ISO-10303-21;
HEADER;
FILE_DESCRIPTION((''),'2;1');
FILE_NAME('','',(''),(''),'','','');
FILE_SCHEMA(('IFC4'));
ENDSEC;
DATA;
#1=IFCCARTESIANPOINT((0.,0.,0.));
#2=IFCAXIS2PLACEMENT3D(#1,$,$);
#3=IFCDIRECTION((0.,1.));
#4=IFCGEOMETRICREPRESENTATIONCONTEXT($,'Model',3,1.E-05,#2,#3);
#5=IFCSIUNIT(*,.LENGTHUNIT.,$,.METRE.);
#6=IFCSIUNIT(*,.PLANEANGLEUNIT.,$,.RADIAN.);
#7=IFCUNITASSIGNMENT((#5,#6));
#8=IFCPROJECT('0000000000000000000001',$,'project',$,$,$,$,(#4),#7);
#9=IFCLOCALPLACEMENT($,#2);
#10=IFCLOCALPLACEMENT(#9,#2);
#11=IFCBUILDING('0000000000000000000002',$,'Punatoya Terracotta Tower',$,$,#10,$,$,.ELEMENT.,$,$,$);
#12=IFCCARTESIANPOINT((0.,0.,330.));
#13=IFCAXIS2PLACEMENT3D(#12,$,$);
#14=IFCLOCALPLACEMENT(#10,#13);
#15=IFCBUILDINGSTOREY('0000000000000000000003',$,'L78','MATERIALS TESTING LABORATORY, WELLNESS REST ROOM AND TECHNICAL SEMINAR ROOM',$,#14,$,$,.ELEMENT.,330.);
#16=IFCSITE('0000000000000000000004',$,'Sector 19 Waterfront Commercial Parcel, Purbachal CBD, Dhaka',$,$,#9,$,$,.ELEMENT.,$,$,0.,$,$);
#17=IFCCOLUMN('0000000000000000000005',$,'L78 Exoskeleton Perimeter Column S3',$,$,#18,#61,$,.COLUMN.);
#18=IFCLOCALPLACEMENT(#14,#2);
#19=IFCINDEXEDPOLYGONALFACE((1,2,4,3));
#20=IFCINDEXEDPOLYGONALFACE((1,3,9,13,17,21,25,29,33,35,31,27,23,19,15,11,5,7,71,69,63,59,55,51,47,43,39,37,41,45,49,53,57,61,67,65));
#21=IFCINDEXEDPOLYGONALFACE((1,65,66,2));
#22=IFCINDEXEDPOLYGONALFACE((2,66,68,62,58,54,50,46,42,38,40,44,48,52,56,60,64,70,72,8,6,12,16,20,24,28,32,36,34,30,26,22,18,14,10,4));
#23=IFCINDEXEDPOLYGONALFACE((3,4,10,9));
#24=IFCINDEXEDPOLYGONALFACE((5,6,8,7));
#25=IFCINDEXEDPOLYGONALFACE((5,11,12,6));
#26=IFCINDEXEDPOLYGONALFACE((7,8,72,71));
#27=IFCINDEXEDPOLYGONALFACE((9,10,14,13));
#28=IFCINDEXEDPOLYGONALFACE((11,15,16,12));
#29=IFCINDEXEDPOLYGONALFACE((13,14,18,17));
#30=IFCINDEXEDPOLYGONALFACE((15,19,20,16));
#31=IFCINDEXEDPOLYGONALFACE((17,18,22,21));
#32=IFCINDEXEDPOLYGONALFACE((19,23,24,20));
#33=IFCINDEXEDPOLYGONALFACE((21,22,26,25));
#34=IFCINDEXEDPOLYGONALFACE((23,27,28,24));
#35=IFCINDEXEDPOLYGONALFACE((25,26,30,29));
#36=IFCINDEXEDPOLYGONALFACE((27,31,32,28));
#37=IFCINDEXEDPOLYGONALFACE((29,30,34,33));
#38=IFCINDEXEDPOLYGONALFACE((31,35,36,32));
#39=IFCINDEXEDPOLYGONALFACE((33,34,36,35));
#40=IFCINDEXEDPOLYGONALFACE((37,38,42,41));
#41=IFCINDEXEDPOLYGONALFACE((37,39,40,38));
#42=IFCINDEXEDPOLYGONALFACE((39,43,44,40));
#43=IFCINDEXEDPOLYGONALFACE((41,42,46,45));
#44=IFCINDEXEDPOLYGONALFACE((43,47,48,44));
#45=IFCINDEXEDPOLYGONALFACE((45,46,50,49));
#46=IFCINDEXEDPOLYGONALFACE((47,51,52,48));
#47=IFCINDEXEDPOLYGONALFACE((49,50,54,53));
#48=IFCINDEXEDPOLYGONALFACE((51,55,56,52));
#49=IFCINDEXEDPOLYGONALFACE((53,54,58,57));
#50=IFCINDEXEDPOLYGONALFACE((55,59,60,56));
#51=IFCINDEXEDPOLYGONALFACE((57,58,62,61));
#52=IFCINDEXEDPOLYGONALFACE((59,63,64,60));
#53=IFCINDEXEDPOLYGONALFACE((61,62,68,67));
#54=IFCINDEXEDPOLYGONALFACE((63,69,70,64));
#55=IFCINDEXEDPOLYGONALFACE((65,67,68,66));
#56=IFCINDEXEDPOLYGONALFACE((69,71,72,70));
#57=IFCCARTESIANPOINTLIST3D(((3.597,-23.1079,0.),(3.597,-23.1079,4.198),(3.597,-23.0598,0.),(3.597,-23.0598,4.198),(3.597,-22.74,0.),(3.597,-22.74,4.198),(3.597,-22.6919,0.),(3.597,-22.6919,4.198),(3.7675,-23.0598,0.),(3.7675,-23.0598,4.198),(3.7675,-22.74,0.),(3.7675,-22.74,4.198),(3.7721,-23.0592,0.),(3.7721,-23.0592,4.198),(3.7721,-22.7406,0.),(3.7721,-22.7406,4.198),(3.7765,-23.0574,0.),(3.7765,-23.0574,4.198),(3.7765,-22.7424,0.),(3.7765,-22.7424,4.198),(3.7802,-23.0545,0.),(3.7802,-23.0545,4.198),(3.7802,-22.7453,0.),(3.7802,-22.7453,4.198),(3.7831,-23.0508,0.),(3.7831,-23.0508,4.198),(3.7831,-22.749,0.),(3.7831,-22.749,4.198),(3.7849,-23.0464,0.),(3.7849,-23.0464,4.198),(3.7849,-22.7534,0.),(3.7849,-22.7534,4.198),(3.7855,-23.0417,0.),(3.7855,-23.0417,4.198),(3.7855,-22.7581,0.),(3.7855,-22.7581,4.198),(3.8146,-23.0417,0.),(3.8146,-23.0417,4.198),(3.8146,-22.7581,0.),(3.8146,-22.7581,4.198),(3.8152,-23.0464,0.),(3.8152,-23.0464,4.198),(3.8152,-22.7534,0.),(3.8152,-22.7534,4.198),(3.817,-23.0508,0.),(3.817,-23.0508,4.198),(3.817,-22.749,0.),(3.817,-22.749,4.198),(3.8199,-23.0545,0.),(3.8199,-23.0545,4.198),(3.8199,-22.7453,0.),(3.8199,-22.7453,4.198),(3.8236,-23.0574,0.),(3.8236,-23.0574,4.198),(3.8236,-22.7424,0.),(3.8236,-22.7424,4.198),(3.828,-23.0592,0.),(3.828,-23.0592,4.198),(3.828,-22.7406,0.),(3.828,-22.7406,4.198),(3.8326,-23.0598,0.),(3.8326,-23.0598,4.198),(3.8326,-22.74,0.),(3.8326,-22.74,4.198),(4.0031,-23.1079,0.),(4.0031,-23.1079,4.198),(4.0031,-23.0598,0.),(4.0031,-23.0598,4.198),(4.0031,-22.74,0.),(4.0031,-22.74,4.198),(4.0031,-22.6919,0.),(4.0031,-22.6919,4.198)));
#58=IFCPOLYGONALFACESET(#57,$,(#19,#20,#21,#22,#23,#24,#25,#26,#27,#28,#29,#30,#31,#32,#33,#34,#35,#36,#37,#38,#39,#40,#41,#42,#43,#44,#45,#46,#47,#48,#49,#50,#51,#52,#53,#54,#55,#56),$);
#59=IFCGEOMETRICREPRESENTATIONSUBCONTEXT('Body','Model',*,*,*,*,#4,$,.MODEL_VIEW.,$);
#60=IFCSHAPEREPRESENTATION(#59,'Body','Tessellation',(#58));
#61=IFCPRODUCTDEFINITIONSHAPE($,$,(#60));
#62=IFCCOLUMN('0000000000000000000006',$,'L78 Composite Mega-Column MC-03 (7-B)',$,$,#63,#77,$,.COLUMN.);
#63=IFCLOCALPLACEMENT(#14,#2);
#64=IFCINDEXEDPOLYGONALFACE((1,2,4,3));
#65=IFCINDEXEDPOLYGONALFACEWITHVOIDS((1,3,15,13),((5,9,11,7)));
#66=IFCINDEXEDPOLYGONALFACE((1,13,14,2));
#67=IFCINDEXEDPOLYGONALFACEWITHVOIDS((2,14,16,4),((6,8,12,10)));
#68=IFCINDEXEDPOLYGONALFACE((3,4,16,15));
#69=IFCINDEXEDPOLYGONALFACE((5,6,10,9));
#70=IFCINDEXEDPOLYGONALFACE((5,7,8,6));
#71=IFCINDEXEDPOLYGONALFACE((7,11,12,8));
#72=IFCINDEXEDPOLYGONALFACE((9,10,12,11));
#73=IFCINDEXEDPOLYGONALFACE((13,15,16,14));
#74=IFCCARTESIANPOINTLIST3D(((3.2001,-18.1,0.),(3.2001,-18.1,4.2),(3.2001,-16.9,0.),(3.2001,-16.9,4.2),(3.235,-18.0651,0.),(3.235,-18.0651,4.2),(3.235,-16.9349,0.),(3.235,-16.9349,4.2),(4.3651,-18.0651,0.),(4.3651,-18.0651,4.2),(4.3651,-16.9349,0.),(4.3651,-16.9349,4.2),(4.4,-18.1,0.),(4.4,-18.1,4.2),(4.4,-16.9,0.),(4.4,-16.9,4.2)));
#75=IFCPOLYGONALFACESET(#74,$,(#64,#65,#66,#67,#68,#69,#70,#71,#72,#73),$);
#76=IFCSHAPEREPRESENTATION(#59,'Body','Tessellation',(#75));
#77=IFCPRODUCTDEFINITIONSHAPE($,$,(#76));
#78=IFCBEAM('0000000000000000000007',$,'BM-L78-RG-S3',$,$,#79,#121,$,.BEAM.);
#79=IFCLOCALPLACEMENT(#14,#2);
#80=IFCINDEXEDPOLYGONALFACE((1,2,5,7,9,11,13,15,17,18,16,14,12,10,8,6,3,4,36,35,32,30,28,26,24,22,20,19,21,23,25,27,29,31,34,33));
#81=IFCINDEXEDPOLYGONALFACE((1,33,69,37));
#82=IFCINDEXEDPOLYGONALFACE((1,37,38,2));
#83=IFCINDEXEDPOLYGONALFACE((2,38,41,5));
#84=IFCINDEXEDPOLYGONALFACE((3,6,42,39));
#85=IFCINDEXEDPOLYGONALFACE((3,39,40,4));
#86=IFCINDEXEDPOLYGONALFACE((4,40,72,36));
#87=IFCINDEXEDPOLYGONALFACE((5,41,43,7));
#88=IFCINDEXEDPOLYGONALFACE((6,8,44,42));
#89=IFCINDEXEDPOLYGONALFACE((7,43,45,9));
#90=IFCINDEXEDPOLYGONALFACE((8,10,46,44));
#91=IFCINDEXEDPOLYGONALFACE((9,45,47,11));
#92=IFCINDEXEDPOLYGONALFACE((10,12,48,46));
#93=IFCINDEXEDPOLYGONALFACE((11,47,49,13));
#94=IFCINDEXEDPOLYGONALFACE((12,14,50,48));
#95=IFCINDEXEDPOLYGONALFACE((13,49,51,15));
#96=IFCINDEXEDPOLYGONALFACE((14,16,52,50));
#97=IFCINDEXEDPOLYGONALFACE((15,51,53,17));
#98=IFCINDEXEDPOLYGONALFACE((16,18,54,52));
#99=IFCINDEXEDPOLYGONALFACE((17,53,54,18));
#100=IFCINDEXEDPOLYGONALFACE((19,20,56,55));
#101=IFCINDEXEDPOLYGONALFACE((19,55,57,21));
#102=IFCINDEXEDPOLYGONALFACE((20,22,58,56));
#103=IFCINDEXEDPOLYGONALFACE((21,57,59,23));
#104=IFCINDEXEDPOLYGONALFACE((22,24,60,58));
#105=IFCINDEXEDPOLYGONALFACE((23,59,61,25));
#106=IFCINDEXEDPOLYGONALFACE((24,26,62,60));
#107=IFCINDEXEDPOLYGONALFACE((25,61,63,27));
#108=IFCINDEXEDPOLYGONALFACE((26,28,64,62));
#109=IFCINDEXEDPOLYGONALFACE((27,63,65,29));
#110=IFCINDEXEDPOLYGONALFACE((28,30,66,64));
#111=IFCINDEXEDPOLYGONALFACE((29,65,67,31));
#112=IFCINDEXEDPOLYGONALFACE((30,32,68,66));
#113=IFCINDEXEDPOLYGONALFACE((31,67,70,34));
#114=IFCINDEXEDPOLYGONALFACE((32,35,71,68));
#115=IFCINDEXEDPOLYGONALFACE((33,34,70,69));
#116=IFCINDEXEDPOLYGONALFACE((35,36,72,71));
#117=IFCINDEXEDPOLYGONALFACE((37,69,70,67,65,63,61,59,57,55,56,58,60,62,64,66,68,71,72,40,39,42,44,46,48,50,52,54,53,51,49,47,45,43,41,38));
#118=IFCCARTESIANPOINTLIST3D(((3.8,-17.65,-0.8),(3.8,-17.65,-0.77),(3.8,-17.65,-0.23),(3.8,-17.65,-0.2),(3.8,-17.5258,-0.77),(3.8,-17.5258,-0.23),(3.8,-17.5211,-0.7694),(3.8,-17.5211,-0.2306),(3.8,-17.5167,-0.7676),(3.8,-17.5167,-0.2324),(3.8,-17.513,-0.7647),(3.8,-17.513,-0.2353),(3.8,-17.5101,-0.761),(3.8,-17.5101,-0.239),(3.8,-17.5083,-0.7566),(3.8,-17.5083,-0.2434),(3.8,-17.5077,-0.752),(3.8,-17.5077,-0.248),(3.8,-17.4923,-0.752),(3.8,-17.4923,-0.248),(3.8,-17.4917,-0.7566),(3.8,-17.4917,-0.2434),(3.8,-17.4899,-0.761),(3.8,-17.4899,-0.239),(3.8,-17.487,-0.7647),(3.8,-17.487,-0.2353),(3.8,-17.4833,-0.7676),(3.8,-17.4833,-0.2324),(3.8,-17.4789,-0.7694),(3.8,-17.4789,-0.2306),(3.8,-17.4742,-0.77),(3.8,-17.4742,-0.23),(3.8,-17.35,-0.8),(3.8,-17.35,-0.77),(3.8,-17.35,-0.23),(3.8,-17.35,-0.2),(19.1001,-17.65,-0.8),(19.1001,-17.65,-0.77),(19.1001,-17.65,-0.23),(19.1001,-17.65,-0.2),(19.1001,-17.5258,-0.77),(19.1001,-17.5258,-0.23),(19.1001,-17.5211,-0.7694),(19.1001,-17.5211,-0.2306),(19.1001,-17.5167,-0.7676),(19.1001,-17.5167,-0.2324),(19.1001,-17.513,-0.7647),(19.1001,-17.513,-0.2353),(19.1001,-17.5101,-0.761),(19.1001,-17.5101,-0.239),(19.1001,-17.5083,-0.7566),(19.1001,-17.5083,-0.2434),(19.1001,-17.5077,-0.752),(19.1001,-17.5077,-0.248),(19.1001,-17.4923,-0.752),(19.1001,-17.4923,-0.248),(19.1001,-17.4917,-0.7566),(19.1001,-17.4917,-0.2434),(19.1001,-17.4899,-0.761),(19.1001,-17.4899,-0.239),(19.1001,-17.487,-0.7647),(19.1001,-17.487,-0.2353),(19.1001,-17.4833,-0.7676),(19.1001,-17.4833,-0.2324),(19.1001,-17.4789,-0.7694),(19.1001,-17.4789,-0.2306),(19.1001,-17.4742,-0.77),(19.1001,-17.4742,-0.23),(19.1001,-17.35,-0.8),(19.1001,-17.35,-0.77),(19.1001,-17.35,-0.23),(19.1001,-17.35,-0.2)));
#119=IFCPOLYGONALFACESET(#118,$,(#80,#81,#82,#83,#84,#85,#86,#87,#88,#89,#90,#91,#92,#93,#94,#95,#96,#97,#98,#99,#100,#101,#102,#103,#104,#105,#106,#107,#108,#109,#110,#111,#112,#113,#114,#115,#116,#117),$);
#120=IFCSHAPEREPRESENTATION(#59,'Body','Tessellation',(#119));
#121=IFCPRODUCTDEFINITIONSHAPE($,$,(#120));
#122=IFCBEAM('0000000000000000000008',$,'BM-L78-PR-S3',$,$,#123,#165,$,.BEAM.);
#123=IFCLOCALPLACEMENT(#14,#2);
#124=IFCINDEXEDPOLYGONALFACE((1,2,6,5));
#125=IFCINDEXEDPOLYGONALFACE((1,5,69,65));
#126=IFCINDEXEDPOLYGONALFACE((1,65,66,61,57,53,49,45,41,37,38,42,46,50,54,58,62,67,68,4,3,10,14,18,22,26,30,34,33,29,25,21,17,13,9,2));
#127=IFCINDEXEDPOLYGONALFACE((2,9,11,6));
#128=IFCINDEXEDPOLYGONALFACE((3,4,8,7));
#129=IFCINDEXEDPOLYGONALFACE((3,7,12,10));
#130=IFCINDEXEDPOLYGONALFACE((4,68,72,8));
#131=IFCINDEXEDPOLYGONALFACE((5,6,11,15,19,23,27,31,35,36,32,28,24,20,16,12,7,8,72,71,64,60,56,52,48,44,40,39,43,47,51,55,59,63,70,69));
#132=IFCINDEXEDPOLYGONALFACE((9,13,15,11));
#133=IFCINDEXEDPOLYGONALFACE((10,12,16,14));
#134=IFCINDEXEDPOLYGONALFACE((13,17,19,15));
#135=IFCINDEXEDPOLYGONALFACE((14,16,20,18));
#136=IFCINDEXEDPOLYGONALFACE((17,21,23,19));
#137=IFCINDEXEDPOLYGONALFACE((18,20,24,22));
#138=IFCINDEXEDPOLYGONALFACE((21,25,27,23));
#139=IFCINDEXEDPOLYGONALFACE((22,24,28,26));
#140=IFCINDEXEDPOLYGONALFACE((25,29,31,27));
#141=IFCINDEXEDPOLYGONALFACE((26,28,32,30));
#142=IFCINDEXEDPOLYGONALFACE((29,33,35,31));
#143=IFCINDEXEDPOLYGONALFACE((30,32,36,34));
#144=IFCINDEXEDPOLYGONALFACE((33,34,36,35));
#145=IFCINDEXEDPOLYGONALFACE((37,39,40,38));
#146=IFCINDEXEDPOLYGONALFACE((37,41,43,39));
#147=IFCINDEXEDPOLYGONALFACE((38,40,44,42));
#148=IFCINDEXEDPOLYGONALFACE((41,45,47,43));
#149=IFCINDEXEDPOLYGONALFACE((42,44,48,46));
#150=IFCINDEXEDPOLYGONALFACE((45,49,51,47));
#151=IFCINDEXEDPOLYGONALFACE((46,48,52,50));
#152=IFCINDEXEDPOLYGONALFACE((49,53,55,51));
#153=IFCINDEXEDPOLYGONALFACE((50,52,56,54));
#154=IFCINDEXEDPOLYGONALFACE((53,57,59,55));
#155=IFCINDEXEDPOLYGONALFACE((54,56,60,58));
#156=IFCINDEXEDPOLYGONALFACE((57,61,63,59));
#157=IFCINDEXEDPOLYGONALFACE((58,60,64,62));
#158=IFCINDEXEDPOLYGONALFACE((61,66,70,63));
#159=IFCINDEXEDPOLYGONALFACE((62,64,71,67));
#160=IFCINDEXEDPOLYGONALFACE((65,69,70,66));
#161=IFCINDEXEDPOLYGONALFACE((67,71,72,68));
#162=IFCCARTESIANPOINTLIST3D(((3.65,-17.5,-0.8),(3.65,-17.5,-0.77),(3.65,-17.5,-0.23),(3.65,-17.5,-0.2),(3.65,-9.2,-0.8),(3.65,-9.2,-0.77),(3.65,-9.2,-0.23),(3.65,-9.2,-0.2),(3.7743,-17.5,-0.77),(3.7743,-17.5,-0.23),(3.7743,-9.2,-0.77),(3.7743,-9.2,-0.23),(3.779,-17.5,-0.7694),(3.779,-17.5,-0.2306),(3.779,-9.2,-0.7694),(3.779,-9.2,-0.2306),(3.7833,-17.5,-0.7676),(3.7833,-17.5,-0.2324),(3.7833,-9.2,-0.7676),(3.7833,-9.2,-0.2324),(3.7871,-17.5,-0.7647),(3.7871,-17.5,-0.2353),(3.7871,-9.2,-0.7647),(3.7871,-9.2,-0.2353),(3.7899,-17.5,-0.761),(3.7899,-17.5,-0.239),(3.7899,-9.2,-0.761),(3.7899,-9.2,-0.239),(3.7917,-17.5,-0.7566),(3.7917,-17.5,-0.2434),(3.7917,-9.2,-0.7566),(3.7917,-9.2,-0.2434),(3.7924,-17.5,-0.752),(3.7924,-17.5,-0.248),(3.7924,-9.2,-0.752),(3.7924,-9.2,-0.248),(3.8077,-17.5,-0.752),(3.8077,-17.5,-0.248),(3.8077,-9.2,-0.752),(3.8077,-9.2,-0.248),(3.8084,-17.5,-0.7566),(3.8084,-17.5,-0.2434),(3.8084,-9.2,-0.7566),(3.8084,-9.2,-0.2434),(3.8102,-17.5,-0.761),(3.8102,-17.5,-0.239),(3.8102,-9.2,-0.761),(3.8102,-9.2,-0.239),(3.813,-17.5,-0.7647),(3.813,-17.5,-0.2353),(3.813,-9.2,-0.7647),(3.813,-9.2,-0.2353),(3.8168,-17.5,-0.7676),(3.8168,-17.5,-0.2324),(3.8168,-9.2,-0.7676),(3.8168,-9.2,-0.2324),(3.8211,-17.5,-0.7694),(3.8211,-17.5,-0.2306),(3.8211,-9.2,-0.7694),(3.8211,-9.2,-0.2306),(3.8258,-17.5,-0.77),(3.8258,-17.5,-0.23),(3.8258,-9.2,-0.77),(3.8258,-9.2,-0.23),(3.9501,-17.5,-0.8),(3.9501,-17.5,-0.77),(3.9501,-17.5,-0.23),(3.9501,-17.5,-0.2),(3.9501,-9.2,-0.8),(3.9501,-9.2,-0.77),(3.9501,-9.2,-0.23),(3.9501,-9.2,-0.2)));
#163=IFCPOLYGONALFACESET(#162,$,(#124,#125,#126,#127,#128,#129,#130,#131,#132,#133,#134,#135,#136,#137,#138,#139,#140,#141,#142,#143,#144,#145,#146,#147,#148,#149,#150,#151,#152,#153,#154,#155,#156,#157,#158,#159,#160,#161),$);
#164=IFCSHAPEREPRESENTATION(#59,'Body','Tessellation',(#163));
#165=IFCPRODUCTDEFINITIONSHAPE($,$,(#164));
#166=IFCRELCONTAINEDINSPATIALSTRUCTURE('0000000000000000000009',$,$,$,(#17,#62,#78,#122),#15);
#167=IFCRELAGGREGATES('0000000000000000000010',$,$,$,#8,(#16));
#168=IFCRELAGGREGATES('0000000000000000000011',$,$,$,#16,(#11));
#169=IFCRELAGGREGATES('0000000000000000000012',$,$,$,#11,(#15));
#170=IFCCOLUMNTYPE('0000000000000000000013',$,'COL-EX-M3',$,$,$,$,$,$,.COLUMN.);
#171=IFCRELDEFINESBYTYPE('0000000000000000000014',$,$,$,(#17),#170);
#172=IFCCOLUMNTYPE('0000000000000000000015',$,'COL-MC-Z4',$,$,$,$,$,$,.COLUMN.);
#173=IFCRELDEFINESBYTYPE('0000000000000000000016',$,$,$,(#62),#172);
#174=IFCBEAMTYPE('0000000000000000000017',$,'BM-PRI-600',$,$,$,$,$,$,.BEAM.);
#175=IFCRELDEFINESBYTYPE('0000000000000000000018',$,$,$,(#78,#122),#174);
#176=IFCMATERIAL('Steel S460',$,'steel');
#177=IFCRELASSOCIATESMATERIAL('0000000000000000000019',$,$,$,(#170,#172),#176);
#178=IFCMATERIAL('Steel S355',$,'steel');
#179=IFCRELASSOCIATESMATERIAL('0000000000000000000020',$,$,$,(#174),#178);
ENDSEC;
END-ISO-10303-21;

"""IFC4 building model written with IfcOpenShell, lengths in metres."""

from ifc_helpers import new_model, si_unit, direction, frame, origin, origin_2d, place, context, subcontext, project, spatial, hollow_rectangle, i_section, extrude, material, material_profile, profile_set, type_object, element, save


model = new_model("IFC4")

# Units and contexts
model_context = context("Model", 3, precision=1e-05, world=origin(), true_north=direction((0.0, 1.0)))
body_context = subcontext(model_context, "Body", "Model", "MODEL_VIEW")
ifc_project = project(units=[si_unit("LENGTHUNIT", "METRE"), si_unit("PLANEANGLEUNIT", "RADIAN")], contexts=[model_context])

# Site, building, storey
site_placement = place(None, origin())
site = spatial("IfcSite", under=ifc_project, at=site_placement, Name="Sector 19 Waterfront Commercial Parcel, Purbachal CBD, Dhaka", CompositionType="ELEMENT", RefElevation=0.0)
building_placement = place(site_placement, origin())
building = spatial("IfcBuilding", under=site, at=building_placement, Name="Punatoya Terracotta Tower", CompositionType="ELEMENT")
storey_placement = place(building_placement, frame((0.0, 0.0, 330.0)))
storey = spatial("IfcBuildingStorey", under=building, at=storey_placement, Name="L78", Description="MATERIALS TESTING LABORATORY, WELLNESS REST ROOM AND TECHNICAL SEMINAR ROOM", CompositionType="ELEMENT", Elevation=330.0)

# Columns
ifc_material_1 = material(Name="Steel S460", Category="steel")
ifc_material_profile_1 = material_profile(ifc_material_1, i_section(OverallWidth=0.406, OverallDepth=0.416, WebThickness=0.0291, FlangeThickness=0.0481, FilletRadius=0.0181, at=origin_2d()))
ifc_profile_set_1 = profile_set([ifc_material_profile_1], Name="Steel S460")
column_type_1 = type_object("IfcColumnType", Name="COL-EX-M3", PredefinedType="COLUMN", material=ifc_profile_set_1)
column_1_placement = place(storey_placement, frame((3.8, -22.8999, 0.0), z_axis=(0.0, 0.0, 1.0), x_axis=(1.0, 0.0, 0.0)))
element("IfcColumn", 1, at=column_1_placement, inside=storey, type_object=column_type_1, Name="L78 Exoskeleton Perimeter Column S3", PredefinedType="COLUMN", context=body_context, shape_type="SweptSolid", body=[
    extrude(i_section(OverallWidth=0.406, OverallDepth=0.416, WebThickness=0.0291, FlangeThickness=0.0481, FilletRadius=0.0181, at=origin_2d()), origin(), (0.0, 0.0, 1.0), 4.198),
])
ifc_material_profile_2 = material_profile(ifc_material_1, hollow_rectangle(XDim=1.2, YDim=1.2, WallThickness=0.0349, at=origin_2d()))
ifc_profile_set_2 = profile_set([ifc_material_profile_2], Name="Steel S460")
column_type_2 = type_object("IfcColumnType", Name="COL-MC-Z4", PredefinedType="COLUMN", material=ifc_profile_set_2)
column_2_placement = place(storey_placement, frame((3.8, -17.5, 0.0), z_axis=(0.0, 0.0, 1.0), x_axis=(1.0, 0.0, 0.0)))
element("IfcColumn", 2, at=column_2_placement, inside=storey, type_object=column_type_2, Name="L78 Composite Mega-Column MC-03 (7-B)", PredefinedType="COLUMN", context=body_context, shape_type="SweptSolid", body=[
    extrude(hollow_rectangle(XDim=1.2, YDim=1.2, WallThickness=0.0349, at=origin_2d()), origin(), (0.0, 0.0, 1.0), 4.2),
])

# Beams
ifc_material_2 = material(Name="Steel S355", Category="steel")
ifc_material_profile_3 = material_profile(ifc_material_2, i_section(OverallWidth=0.3, OverallDepth=0.6001, WebThickness=0.0154, FlangeThickness=0.03, FilletRadius=0.0181, at=origin_2d()))
ifc_profile_set_3 = profile_set([ifc_material_profile_3], Name="Steel S355")
beam_type_1 = type_object("IfcBeamType", Name="BM-PRI-600", PredefinedType="BEAM", material=ifc_profile_set_3)
beam_1_placement = place(storey_placement, frame((3.8, -17.5, -0.5), z_axis=(1.0, 0.0, 0.0), x_axis=(0.0, 1.0, 0.0)))
element("IfcBeam", 3, at=beam_1_placement, inside=storey, type_object=beam_type_1, Name="BM-L78-RG-S3", PredefinedType="BEAM", context=body_context, shape_type="SweptSolid", body=[
    extrude(i_section(OverallWidth=0.3, OverallDepth=0.6001, WebThickness=0.0154, FlangeThickness=0.03, FilletRadius=0.0181, at=origin_2d()), origin(), (0.0, 0.0, 1.0), 15.3),
])
for number, where, z_axis, x_axis, name in (
    (4, (3.8, -17.5, -0.5), (0.0, 1.0, 0.0), (-1.0, 0.0, 0.0), "BM-L78-PR-S3"),
):
    element("IfcBeam", number, at=place(storey_placement, frame(where, z_axis=z_axis, x_axis=x_axis)), inside=storey, type_object=beam_type_1, Name=name, PredefinedType="BEAM", context=body_context, shape_type="SweptSolid", body=[
        extrude(i_section(OverallWidth=0.3, OverallDepth=0.6001, WebThickness=0.0154, FlangeThickness=0.03, FilletRadius=0.0181, at=origin_2d()), origin(), (0.0, 0.0, 1.0), 8.3),
    ])

save(model, "model.ifc")
